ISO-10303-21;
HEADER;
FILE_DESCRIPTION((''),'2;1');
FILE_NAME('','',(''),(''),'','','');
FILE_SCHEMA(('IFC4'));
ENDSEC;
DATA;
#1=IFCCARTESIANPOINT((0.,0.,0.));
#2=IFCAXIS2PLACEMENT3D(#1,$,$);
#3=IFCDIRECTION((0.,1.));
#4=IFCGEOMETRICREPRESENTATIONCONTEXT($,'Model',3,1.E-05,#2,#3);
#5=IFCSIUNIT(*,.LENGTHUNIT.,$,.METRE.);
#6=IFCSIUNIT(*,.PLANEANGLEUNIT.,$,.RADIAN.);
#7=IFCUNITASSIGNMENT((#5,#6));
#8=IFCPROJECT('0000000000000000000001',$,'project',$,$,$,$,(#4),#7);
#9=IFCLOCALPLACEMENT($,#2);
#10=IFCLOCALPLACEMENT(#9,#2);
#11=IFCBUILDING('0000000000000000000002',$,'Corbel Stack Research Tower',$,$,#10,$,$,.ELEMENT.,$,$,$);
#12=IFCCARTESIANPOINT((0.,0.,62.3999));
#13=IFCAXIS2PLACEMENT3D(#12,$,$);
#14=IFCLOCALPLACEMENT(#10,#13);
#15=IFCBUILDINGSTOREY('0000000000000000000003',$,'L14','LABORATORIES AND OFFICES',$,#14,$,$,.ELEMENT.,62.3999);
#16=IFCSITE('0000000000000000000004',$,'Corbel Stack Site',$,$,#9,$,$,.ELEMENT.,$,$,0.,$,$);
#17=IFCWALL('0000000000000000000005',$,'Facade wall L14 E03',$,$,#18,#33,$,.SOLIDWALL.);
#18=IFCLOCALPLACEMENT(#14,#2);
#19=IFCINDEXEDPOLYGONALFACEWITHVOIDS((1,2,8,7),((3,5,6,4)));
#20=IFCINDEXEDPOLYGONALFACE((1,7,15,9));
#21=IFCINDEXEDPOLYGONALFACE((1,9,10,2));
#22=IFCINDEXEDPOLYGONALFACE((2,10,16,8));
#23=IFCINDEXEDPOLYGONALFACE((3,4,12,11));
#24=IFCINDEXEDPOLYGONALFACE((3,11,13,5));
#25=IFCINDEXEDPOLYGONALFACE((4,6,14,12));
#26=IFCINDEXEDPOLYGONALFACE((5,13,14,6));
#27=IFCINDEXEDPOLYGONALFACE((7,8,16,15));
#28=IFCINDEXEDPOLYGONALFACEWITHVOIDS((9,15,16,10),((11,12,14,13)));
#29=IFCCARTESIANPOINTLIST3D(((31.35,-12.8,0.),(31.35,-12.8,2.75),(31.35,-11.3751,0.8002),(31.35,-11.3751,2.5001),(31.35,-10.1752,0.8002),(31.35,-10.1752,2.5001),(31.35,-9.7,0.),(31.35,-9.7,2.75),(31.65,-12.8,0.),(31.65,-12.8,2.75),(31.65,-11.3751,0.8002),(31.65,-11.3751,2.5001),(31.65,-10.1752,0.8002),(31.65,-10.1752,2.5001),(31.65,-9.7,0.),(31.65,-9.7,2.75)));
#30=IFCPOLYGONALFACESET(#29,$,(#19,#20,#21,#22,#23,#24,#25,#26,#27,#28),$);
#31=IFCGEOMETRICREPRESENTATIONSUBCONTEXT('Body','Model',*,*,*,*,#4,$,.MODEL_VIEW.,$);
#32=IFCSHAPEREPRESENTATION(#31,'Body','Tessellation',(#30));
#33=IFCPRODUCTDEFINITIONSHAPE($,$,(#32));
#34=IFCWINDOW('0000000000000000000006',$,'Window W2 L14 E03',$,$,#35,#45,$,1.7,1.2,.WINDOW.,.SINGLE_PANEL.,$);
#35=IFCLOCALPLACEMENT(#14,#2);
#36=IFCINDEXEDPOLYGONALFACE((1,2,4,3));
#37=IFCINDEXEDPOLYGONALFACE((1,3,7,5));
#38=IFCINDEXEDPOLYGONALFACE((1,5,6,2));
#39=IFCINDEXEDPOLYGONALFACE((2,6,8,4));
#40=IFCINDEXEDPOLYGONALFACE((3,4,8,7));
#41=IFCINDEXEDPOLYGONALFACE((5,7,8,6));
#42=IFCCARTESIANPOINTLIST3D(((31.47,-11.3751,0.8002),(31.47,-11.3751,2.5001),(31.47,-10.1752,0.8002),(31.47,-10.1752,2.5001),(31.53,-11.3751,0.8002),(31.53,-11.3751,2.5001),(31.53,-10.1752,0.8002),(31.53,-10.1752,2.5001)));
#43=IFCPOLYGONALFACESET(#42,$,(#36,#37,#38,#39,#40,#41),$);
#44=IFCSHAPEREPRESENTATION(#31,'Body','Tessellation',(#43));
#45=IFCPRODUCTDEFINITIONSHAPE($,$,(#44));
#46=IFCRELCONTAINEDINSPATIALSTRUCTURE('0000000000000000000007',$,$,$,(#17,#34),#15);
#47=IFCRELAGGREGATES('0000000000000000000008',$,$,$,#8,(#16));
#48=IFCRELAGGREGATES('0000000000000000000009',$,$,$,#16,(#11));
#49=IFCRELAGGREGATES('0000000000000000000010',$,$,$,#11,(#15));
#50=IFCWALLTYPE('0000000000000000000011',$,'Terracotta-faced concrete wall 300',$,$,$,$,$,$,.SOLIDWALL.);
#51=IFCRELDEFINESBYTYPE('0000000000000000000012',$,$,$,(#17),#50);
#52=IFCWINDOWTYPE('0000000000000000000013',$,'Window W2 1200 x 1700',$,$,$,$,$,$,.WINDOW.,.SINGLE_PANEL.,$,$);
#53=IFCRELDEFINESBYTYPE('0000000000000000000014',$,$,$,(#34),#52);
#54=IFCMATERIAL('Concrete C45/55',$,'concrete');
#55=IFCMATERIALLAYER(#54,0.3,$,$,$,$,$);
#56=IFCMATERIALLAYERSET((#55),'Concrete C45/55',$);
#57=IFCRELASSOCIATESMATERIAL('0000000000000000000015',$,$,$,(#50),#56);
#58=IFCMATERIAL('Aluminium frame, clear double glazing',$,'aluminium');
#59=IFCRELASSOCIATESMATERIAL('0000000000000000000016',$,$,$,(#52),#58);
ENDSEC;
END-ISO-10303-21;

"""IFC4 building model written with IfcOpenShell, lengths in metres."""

from ifc_helpers import new_model, si_unit, direction, frame, frame_2d, origin, place, context, subcontext, project, spatial, rectangle, extrude, material, layer, layer_set, type_object, element, fill, save


model = new_model("IFC4")

# Units and contexts
model_context = context("Model", 3, precision=1e-05, world=origin(), true_north=direction((0.0, 1.0)))
body_context = subcontext(model_context, "Body", "Model", "MODEL_VIEW")
ifc_project = project(units=[si_unit("LENGTHUNIT", "METRE"), si_unit("PLANEANGLEUNIT", "RADIAN")], contexts=[model_context])

# Site, building, storey
site_placement = place(None, origin())
site = spatial("IfcSite", under=ifc_project, at=site_placement, Name="Corbel Stack Site", CompositionType="ELEMENT", RefElevation=0.0)
building_placement = place(site_placement, origin())
building = spatial("IfcBuilding", under=site, at=building_placement, Name="Corbel Stack Research Tower", CompositionType="ELEMENT")
storey_placement = place(building_placement, frame((0.0, 0.0, 62.3999)))
storey = spatial("IfcBuildingStorey", under=building, at=storey_placement, Name="L14", Description="LABORATORIES AND OFFICES", CompositionType="ELEMENT", Elevation=62.3999)

# Shared definitions
ifc_material_1 = material(Name="Concrete C45/55", Category="concrete")
ifc_layer_1 = layer(ifc_material_1, 0.3)
ifc_layer_set_1 = layer_set([ifc_layer_1], Name="Concrete C45/55")
wall_type_1 = type_object("IfcWallType", Name="Terracotta-faced concrete wall 300", PredefinedType="SOLIDWALL", material=ifc_layer_set_1)

# Wall, opening, window
wall_1_placement = place(storey_placement, frame((31.5, -9.7, 0.0), z_axis=(0.0, 0.0, 1.0), x_axis=(0.0, -1.0, 0.0)))
wall_1 = element("IfcWall", 1, at=wall_1_placement, inside=storey, type_object=wall_type_1, Name="Facade wall L14 E03", PredefinedType="SOLIDWALL", context=body_context, shape_type="SweptSolid", body=[
    extrude(rectangle(XDim=3.1001, YDim=0.3, at=frame_2d((1.55, 0.0))), origin(), (0.0, 0.0, 1.0), 2.75),
])
opening_1_placement = place(wall_1_placement, frame((0.4751, 0.0, 0.8)))
opening_1 = element("IfcOpeningElement", 2, at=opening_1_placement, cuts=wall_1, PredefinedType="OPENING", context=body_context, shape_type="SweptSolid", body=[
    extrude(rectangle(XDim=1.2, YDim=1.7, at=frame_2d((0.6001, 0.8501))), frame((0.0, 0.1599, 0.0), z_axis=(0.0, -1.0, 0.0), x_axis=(1.0, 0.0, 0.0)), (0.0, 0.0, 1.0), 0.3201),
])
ifc_material_2 = material(Name="Aluminium frame, clear double glazing", Category="aluminium")
window_type = type_object("IfcWindowType", Name="Window W2 1200 x 1700", PartitioningType="SINGLE_PANEL", PredefinedType="WINDOW", material=ifc_material_2)
window_placement = place(opening_1_placement, origin())
window = element("IfcWindow", 3, at=window_placement, inside=storey, type_object=window_type, Name="Window W2 L14 E03", OverallHeight=1.7, OverallWidth=1.2, PartitioningType="SINGLE_PANEL", PredefinedType="WINDOW", context=body_context, shape_type="SweptSolid", body=[
    extrude(rectangle(XDim=1.2, YDim=1.7, at=frame_2d((0.6001, 0.8501))), frame((0.0, 0.03, 0.0), z_axis=(0.0, -1.0, 0.0), x_axis=(1.0, 0.0, 0.0)), (0.0, 0.0, 1.0), 0.0601),
])
fill(opening_1, window)

save(model, "model.ifc")
